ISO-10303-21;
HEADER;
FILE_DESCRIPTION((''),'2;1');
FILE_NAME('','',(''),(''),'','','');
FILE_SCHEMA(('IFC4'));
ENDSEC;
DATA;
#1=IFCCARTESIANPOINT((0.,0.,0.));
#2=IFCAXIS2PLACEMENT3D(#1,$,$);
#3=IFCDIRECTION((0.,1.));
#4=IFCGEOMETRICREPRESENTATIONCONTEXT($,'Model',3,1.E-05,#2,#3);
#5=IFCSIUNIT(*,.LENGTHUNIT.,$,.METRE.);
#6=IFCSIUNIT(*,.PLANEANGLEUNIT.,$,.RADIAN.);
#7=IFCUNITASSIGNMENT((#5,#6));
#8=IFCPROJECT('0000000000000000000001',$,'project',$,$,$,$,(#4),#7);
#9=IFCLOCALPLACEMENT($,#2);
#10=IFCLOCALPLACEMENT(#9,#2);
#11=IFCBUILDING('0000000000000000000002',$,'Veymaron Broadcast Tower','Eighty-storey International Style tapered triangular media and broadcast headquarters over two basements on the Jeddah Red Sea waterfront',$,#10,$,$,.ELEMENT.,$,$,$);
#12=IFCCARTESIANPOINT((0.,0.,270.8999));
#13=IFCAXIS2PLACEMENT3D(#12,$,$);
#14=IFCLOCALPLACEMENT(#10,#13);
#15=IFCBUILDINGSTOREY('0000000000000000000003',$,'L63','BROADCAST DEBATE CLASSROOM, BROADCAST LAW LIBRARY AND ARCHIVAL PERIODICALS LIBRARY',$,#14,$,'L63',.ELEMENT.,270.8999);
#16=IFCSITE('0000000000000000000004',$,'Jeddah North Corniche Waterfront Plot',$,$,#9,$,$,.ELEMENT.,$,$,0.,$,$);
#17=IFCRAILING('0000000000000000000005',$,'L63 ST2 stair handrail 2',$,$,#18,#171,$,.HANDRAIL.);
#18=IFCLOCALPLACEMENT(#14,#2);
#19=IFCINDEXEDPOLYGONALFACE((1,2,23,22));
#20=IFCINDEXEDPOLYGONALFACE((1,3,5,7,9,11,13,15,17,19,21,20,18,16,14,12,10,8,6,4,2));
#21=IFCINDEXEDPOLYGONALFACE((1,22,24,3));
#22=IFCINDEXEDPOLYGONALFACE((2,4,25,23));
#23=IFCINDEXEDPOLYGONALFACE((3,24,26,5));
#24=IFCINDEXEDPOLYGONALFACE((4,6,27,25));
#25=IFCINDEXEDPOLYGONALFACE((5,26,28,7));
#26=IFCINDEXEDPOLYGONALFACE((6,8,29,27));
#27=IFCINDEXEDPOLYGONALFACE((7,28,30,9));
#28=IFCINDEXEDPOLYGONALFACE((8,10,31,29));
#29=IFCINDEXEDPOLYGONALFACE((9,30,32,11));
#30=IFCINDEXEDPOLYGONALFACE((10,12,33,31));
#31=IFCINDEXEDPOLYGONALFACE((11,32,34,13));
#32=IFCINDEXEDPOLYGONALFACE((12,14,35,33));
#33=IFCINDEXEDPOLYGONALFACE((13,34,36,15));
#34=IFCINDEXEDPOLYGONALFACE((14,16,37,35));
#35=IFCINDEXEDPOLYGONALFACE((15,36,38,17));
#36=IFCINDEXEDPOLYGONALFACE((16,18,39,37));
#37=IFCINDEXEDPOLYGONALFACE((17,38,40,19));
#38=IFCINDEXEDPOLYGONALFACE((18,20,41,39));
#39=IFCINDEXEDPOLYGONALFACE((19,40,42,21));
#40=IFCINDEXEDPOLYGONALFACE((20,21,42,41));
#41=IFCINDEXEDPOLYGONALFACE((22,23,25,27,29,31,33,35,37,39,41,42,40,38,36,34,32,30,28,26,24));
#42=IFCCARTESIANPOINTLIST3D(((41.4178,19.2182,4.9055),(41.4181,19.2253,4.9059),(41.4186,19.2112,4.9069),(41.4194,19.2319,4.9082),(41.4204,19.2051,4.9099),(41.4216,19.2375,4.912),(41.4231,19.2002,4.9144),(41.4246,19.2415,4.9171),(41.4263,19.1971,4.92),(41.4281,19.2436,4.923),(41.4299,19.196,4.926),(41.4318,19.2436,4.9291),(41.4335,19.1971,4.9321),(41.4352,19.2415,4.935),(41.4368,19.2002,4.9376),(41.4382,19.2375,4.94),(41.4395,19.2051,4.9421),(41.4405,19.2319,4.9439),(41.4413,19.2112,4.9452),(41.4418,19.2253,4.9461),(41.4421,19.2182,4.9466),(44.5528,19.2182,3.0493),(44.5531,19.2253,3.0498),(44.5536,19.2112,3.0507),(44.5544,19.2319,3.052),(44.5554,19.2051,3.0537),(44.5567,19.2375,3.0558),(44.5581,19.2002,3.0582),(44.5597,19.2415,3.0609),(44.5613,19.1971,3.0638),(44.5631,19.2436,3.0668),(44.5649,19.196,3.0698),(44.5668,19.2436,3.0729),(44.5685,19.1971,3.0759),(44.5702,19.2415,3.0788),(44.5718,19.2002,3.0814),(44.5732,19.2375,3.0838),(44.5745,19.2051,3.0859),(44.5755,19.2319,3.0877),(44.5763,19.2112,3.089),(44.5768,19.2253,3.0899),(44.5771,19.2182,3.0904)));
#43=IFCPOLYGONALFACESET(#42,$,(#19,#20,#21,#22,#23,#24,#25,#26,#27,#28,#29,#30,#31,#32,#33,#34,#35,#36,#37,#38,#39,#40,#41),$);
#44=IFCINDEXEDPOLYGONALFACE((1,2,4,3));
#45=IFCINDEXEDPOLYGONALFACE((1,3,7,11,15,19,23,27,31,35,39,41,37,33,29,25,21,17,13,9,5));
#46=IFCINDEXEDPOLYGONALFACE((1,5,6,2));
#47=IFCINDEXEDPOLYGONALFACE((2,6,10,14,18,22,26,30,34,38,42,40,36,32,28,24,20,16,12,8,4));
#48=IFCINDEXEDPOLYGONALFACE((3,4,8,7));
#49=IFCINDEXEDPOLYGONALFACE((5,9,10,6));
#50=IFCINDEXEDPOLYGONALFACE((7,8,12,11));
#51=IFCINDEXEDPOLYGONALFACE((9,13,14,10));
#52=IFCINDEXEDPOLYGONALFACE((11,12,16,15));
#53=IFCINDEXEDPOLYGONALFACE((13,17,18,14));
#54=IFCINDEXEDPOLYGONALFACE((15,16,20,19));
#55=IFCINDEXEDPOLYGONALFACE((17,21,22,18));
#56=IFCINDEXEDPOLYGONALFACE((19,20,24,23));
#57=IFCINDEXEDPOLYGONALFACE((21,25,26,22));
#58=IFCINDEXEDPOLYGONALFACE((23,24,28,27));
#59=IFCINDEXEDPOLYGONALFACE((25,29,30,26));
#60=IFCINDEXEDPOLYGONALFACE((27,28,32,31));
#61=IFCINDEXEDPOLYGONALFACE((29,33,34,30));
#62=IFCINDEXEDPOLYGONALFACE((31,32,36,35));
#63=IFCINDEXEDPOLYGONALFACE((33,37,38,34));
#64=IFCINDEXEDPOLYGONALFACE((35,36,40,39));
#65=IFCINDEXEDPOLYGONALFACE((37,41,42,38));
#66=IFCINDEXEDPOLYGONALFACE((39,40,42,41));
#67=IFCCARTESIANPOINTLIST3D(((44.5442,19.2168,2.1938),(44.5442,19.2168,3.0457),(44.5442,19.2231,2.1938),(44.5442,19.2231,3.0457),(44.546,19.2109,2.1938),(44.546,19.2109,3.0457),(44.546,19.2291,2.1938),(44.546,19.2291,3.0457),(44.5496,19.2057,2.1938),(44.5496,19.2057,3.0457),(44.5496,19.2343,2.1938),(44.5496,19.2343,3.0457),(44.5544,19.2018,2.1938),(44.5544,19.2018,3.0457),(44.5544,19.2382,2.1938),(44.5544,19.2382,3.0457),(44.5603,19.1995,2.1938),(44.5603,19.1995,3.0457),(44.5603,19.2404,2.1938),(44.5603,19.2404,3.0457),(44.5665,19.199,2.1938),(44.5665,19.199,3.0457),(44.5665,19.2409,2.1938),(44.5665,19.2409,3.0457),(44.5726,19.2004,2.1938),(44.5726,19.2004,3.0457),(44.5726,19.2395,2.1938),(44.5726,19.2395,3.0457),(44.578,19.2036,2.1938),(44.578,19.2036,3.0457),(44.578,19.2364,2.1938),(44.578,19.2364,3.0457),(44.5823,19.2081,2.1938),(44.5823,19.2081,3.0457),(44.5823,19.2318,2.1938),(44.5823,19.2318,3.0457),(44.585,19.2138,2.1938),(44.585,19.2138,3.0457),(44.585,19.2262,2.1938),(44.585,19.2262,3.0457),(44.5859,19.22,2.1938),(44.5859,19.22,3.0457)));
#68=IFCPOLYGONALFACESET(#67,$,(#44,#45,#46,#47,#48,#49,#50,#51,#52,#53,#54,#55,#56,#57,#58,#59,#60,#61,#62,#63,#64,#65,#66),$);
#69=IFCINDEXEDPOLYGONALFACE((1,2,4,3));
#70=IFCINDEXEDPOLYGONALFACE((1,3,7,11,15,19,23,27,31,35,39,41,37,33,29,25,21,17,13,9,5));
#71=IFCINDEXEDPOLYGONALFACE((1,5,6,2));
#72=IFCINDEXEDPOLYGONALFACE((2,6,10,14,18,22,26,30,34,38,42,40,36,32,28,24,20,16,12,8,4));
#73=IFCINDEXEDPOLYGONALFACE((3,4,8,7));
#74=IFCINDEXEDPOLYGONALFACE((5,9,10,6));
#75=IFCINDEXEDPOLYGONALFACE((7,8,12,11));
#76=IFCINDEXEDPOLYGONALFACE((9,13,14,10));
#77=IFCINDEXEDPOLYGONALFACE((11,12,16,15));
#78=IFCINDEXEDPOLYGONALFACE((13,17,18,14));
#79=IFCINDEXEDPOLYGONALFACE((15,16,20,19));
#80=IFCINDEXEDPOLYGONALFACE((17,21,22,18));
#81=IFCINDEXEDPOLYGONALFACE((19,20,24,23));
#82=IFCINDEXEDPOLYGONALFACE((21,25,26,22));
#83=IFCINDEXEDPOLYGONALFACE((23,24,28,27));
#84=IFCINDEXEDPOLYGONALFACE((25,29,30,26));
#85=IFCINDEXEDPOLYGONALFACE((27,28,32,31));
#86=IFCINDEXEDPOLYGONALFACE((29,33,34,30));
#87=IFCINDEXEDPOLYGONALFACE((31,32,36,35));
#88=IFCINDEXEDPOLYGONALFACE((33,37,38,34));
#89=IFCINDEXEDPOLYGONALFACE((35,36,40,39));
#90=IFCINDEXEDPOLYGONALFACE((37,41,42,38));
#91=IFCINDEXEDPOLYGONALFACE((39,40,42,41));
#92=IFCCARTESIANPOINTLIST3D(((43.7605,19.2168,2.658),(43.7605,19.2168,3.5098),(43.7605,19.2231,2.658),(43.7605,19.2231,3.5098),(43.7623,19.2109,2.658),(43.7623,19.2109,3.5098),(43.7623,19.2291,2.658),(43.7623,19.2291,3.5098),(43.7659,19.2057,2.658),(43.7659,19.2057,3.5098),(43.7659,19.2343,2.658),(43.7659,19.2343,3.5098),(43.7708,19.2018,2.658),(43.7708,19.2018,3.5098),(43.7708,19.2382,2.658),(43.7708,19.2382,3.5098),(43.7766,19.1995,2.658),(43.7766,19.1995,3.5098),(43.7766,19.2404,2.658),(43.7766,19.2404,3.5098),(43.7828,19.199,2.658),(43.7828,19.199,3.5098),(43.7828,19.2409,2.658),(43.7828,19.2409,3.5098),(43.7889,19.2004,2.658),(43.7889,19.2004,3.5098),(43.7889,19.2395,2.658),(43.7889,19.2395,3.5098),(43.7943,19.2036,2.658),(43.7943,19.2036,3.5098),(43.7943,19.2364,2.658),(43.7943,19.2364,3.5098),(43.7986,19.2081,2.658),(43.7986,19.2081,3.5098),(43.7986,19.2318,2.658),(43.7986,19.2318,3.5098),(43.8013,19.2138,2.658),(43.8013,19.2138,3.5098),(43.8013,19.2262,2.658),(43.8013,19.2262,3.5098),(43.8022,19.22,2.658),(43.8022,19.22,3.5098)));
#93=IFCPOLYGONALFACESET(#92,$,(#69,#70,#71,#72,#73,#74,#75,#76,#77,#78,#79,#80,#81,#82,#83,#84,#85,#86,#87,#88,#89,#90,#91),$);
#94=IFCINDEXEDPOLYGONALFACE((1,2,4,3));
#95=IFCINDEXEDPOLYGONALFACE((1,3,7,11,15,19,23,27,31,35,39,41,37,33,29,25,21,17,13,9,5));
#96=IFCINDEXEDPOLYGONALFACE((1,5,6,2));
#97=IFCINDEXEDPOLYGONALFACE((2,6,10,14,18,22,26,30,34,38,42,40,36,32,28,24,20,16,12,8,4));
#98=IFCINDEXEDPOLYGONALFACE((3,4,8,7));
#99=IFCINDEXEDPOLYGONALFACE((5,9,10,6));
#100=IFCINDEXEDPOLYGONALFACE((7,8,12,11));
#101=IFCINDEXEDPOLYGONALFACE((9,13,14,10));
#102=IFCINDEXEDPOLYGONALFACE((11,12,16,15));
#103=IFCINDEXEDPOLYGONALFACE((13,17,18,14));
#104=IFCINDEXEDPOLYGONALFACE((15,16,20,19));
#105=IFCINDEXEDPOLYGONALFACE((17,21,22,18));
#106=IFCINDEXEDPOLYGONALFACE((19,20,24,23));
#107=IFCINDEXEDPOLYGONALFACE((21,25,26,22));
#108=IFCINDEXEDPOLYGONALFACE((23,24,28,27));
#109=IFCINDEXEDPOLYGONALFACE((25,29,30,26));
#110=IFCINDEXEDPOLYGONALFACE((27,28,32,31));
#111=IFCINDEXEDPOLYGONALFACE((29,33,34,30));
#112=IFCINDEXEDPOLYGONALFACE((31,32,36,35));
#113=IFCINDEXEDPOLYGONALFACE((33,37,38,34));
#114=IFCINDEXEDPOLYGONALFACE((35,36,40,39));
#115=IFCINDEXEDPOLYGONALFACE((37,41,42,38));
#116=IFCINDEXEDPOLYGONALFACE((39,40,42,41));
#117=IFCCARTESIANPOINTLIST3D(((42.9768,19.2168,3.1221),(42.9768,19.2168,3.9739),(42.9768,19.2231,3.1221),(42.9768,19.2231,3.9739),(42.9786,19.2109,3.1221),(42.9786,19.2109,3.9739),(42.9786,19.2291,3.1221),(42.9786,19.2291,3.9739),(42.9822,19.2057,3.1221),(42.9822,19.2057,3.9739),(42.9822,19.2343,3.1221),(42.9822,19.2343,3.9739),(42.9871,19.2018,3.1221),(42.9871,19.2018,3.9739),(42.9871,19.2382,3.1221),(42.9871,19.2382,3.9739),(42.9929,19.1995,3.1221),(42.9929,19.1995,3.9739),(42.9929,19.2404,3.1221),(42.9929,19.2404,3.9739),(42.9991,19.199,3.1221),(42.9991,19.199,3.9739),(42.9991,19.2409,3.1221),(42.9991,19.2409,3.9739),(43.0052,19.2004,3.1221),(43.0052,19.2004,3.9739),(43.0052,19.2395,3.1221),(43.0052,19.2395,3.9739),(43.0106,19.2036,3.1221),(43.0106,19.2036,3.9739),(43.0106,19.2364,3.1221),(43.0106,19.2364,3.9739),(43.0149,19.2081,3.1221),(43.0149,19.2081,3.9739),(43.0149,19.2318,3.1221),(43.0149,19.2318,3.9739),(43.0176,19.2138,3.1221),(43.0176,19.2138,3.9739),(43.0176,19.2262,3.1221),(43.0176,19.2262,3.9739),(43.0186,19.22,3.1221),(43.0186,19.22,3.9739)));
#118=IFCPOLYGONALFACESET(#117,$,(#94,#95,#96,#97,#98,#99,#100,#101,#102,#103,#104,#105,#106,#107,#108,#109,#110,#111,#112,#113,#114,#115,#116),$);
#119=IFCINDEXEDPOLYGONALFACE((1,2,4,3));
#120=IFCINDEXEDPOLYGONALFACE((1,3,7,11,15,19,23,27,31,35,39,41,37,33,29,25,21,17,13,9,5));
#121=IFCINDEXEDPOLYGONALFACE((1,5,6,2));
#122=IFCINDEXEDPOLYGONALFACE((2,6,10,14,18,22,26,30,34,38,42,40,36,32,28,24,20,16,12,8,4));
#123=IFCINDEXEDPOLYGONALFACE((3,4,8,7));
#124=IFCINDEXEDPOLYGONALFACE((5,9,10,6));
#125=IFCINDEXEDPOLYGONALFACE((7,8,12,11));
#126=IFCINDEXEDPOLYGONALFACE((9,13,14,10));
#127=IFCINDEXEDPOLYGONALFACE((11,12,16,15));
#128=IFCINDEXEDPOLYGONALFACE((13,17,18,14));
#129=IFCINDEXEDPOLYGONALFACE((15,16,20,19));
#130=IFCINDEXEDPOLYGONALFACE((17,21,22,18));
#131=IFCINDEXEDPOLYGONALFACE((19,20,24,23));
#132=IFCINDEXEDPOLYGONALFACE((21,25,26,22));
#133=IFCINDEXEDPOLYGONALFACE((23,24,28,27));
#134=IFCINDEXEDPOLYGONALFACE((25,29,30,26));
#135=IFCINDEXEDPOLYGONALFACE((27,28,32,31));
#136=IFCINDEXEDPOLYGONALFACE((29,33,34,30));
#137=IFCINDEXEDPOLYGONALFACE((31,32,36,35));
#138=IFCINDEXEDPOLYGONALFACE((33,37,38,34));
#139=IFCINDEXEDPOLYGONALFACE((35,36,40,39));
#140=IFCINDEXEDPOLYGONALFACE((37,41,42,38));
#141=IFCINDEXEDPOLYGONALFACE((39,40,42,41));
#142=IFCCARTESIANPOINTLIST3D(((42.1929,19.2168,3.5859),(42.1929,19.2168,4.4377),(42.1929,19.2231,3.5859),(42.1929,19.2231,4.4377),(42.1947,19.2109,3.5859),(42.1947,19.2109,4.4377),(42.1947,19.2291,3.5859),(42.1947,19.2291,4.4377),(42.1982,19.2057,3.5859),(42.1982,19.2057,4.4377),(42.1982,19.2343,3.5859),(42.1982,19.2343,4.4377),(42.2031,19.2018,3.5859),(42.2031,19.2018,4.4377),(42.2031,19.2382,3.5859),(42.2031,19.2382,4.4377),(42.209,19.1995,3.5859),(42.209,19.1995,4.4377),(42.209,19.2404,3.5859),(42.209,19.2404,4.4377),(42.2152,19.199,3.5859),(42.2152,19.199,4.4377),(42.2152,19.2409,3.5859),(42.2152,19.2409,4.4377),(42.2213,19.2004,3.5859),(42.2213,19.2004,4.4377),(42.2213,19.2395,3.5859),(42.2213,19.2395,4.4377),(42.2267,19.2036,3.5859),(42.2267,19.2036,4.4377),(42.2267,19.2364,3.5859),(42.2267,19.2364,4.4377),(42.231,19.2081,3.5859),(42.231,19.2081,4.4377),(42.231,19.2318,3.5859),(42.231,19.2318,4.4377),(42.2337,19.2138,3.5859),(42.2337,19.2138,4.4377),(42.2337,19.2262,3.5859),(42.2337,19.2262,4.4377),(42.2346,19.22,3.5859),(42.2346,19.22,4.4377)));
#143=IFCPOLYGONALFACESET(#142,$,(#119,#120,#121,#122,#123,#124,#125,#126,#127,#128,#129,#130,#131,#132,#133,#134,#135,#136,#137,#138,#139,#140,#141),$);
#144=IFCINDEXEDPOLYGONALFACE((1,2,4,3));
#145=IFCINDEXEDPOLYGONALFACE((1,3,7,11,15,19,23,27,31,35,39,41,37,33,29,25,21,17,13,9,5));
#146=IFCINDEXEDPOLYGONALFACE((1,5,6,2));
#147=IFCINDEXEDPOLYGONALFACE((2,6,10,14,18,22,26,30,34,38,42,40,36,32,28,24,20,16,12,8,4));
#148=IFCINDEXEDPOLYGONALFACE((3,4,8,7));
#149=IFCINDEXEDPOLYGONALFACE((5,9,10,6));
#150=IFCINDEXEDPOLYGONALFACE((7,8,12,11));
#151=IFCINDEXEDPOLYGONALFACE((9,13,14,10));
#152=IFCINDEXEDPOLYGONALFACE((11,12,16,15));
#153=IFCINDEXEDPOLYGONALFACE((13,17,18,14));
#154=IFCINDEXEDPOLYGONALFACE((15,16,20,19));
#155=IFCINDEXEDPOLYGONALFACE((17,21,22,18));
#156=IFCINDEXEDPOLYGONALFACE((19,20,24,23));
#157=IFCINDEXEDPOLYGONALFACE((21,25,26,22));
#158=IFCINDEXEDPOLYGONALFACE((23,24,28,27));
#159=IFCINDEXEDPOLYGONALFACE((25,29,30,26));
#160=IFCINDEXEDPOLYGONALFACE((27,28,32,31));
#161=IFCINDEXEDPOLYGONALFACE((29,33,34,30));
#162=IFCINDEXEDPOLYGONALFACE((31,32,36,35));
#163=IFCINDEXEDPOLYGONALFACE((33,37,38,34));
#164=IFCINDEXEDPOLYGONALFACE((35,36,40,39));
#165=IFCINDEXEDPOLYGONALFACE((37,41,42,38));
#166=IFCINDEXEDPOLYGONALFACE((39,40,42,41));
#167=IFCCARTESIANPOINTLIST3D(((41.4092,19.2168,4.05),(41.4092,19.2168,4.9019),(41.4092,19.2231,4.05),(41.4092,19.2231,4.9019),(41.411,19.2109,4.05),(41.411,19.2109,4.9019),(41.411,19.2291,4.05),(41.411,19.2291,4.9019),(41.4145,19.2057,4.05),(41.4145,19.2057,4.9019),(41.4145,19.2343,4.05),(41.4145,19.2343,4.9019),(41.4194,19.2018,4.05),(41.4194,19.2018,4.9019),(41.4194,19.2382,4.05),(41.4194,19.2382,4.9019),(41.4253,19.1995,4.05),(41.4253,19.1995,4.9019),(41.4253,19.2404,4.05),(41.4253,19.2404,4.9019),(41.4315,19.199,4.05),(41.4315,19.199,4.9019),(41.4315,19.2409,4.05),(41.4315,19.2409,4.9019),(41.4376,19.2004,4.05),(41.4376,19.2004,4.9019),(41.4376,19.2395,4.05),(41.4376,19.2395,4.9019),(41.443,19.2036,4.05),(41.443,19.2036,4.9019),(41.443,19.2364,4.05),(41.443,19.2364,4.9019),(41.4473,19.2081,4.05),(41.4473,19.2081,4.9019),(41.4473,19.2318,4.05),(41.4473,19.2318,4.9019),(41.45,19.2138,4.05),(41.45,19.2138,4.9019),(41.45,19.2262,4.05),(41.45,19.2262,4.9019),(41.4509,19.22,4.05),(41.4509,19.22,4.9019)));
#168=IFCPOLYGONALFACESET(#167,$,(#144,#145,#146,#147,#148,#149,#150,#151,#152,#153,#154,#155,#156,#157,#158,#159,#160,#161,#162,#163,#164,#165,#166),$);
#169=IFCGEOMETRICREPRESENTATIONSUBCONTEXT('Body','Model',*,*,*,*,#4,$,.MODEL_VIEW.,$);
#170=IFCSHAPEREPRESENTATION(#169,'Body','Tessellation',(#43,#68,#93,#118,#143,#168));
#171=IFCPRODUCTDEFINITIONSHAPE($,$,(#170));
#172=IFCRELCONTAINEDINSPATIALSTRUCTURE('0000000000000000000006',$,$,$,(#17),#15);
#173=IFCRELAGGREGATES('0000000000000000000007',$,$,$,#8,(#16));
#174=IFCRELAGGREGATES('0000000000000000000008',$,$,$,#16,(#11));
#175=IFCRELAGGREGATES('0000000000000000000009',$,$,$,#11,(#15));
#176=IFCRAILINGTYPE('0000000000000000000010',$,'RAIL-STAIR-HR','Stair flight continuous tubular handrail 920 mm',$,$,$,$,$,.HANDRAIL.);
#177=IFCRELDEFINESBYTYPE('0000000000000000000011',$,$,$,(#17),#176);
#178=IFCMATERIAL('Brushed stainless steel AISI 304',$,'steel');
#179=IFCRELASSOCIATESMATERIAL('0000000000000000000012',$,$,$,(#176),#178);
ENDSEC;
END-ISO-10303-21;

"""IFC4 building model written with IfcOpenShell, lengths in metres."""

from ifc_helpers import new_model, si_unit, direction, frame, origin, origin_2d, place, context, subcontext, project, spatial, circle, extrude, material, type_object, element, save


model = new_model("IFC4")

# Units and contexts
model_context = context("Model", 3, precision=1e-05, world=origin(), true_north=direction((0.0, 1.0)))
body_context = subcontext(model_context, "Body", "Model", "MODEL_VIEW")
ifc_project = project(units=[si_unit("LENGTHUNIT", "METRE"), si_unit("PLANEANGLEUNIT", "RADIAN")], contexts=[model_context])

# Site, building, storey
site_placement = place(None, origin())
site = spatial("IfcSite", under=ifc_project, at=site_placement, Name="Jeddah North Corniche Waterfront Plot", CompositionType="ELEMENT", RefElevation=0.0)
building_placement = place(site_placement, origin())
building = spatial("IfcBuilding", under=site, at=building_placement, Name="Veymaron Broadcast Tower", Description="Eighty-storey International Style tapered triangular media and broadcast headquarters over two basements on the Jeddah Red Sea waterfront", CompositionType="ELEMENT")
storey_placement = place(building_placement, frame((0.0, 0.0, 270.8999)))
storey = spatial("IfcBuildingStorey", under=building, at=storey_placement, Name="L63", Description="BROADCAST DEBATE CLASSROOM, BROADCAST LAW LIBRARY AND ARCHIVAL PERIODICALS LIBRARY", LongName="L63", CompositionType="ELEMENT", Elevation=270.8999)

# Railing
ifc_material_1 = material(Name="Brushed stainless steel AISI 304", Category="steel")
railing_type_1 = type_object("IfcRailingType", Name="RAIL-STAIR-HR", Description="Stair flight continuous tubular handrail 920 mm", PredefinedType="HANDRAIL", material=ifc_material_1)
railing_1_placement = place(storey_placement, frame((44.5649, 19.22, 2.1938)))
element("IfcRailing", 1, at=railing_1_placement, inside=storey, type_object=railing_type_1, Name="L63 ST2 stair handrail 2", PredefinedType="HANDRAIL", context=body_context, shape_type="SweptSolid", body=[
    extrude(circle(Radius=0.0239, at=origin_2d()), frame((0.0, 0.0, 0.876), z_axis=(-0.860482, 0.0, 0.509481), x_axis=(0.0, -1.0, 0.0)), (0.0, 0.0, 1.0), 3.6433),
    extrude(circle(Radius=0.021, at=origin_2d()), origin(), (0.0, 0.0, 1.0), 0.8518),
    extrude(circle(Radius=0.021, at=origin_2d()), frame((-0.7837, 0.0, 0.4641)), (0.0, 0.0, 1.0), 0.8518),
    extrude(circle(Radius=0.021, at=origin_2d()), frame((-1.5674, 0.0, 0.9282)), (0.0, 0.0, 1.0), 0.8518),
    extrude(circle(Radius=0.021, at=origin_2d()), frame((-2.3513, 0.0, 1.3921)), (0.0, 0.0, 1.0), 0.8518),
    extrude(circle(Radius=0.021, at=origin_2d()), frame((-3.135, 0.0, 1.8562)), (0.0, 0.0, 1.0), 0.8518),
])

save(model, "model.ifc")
